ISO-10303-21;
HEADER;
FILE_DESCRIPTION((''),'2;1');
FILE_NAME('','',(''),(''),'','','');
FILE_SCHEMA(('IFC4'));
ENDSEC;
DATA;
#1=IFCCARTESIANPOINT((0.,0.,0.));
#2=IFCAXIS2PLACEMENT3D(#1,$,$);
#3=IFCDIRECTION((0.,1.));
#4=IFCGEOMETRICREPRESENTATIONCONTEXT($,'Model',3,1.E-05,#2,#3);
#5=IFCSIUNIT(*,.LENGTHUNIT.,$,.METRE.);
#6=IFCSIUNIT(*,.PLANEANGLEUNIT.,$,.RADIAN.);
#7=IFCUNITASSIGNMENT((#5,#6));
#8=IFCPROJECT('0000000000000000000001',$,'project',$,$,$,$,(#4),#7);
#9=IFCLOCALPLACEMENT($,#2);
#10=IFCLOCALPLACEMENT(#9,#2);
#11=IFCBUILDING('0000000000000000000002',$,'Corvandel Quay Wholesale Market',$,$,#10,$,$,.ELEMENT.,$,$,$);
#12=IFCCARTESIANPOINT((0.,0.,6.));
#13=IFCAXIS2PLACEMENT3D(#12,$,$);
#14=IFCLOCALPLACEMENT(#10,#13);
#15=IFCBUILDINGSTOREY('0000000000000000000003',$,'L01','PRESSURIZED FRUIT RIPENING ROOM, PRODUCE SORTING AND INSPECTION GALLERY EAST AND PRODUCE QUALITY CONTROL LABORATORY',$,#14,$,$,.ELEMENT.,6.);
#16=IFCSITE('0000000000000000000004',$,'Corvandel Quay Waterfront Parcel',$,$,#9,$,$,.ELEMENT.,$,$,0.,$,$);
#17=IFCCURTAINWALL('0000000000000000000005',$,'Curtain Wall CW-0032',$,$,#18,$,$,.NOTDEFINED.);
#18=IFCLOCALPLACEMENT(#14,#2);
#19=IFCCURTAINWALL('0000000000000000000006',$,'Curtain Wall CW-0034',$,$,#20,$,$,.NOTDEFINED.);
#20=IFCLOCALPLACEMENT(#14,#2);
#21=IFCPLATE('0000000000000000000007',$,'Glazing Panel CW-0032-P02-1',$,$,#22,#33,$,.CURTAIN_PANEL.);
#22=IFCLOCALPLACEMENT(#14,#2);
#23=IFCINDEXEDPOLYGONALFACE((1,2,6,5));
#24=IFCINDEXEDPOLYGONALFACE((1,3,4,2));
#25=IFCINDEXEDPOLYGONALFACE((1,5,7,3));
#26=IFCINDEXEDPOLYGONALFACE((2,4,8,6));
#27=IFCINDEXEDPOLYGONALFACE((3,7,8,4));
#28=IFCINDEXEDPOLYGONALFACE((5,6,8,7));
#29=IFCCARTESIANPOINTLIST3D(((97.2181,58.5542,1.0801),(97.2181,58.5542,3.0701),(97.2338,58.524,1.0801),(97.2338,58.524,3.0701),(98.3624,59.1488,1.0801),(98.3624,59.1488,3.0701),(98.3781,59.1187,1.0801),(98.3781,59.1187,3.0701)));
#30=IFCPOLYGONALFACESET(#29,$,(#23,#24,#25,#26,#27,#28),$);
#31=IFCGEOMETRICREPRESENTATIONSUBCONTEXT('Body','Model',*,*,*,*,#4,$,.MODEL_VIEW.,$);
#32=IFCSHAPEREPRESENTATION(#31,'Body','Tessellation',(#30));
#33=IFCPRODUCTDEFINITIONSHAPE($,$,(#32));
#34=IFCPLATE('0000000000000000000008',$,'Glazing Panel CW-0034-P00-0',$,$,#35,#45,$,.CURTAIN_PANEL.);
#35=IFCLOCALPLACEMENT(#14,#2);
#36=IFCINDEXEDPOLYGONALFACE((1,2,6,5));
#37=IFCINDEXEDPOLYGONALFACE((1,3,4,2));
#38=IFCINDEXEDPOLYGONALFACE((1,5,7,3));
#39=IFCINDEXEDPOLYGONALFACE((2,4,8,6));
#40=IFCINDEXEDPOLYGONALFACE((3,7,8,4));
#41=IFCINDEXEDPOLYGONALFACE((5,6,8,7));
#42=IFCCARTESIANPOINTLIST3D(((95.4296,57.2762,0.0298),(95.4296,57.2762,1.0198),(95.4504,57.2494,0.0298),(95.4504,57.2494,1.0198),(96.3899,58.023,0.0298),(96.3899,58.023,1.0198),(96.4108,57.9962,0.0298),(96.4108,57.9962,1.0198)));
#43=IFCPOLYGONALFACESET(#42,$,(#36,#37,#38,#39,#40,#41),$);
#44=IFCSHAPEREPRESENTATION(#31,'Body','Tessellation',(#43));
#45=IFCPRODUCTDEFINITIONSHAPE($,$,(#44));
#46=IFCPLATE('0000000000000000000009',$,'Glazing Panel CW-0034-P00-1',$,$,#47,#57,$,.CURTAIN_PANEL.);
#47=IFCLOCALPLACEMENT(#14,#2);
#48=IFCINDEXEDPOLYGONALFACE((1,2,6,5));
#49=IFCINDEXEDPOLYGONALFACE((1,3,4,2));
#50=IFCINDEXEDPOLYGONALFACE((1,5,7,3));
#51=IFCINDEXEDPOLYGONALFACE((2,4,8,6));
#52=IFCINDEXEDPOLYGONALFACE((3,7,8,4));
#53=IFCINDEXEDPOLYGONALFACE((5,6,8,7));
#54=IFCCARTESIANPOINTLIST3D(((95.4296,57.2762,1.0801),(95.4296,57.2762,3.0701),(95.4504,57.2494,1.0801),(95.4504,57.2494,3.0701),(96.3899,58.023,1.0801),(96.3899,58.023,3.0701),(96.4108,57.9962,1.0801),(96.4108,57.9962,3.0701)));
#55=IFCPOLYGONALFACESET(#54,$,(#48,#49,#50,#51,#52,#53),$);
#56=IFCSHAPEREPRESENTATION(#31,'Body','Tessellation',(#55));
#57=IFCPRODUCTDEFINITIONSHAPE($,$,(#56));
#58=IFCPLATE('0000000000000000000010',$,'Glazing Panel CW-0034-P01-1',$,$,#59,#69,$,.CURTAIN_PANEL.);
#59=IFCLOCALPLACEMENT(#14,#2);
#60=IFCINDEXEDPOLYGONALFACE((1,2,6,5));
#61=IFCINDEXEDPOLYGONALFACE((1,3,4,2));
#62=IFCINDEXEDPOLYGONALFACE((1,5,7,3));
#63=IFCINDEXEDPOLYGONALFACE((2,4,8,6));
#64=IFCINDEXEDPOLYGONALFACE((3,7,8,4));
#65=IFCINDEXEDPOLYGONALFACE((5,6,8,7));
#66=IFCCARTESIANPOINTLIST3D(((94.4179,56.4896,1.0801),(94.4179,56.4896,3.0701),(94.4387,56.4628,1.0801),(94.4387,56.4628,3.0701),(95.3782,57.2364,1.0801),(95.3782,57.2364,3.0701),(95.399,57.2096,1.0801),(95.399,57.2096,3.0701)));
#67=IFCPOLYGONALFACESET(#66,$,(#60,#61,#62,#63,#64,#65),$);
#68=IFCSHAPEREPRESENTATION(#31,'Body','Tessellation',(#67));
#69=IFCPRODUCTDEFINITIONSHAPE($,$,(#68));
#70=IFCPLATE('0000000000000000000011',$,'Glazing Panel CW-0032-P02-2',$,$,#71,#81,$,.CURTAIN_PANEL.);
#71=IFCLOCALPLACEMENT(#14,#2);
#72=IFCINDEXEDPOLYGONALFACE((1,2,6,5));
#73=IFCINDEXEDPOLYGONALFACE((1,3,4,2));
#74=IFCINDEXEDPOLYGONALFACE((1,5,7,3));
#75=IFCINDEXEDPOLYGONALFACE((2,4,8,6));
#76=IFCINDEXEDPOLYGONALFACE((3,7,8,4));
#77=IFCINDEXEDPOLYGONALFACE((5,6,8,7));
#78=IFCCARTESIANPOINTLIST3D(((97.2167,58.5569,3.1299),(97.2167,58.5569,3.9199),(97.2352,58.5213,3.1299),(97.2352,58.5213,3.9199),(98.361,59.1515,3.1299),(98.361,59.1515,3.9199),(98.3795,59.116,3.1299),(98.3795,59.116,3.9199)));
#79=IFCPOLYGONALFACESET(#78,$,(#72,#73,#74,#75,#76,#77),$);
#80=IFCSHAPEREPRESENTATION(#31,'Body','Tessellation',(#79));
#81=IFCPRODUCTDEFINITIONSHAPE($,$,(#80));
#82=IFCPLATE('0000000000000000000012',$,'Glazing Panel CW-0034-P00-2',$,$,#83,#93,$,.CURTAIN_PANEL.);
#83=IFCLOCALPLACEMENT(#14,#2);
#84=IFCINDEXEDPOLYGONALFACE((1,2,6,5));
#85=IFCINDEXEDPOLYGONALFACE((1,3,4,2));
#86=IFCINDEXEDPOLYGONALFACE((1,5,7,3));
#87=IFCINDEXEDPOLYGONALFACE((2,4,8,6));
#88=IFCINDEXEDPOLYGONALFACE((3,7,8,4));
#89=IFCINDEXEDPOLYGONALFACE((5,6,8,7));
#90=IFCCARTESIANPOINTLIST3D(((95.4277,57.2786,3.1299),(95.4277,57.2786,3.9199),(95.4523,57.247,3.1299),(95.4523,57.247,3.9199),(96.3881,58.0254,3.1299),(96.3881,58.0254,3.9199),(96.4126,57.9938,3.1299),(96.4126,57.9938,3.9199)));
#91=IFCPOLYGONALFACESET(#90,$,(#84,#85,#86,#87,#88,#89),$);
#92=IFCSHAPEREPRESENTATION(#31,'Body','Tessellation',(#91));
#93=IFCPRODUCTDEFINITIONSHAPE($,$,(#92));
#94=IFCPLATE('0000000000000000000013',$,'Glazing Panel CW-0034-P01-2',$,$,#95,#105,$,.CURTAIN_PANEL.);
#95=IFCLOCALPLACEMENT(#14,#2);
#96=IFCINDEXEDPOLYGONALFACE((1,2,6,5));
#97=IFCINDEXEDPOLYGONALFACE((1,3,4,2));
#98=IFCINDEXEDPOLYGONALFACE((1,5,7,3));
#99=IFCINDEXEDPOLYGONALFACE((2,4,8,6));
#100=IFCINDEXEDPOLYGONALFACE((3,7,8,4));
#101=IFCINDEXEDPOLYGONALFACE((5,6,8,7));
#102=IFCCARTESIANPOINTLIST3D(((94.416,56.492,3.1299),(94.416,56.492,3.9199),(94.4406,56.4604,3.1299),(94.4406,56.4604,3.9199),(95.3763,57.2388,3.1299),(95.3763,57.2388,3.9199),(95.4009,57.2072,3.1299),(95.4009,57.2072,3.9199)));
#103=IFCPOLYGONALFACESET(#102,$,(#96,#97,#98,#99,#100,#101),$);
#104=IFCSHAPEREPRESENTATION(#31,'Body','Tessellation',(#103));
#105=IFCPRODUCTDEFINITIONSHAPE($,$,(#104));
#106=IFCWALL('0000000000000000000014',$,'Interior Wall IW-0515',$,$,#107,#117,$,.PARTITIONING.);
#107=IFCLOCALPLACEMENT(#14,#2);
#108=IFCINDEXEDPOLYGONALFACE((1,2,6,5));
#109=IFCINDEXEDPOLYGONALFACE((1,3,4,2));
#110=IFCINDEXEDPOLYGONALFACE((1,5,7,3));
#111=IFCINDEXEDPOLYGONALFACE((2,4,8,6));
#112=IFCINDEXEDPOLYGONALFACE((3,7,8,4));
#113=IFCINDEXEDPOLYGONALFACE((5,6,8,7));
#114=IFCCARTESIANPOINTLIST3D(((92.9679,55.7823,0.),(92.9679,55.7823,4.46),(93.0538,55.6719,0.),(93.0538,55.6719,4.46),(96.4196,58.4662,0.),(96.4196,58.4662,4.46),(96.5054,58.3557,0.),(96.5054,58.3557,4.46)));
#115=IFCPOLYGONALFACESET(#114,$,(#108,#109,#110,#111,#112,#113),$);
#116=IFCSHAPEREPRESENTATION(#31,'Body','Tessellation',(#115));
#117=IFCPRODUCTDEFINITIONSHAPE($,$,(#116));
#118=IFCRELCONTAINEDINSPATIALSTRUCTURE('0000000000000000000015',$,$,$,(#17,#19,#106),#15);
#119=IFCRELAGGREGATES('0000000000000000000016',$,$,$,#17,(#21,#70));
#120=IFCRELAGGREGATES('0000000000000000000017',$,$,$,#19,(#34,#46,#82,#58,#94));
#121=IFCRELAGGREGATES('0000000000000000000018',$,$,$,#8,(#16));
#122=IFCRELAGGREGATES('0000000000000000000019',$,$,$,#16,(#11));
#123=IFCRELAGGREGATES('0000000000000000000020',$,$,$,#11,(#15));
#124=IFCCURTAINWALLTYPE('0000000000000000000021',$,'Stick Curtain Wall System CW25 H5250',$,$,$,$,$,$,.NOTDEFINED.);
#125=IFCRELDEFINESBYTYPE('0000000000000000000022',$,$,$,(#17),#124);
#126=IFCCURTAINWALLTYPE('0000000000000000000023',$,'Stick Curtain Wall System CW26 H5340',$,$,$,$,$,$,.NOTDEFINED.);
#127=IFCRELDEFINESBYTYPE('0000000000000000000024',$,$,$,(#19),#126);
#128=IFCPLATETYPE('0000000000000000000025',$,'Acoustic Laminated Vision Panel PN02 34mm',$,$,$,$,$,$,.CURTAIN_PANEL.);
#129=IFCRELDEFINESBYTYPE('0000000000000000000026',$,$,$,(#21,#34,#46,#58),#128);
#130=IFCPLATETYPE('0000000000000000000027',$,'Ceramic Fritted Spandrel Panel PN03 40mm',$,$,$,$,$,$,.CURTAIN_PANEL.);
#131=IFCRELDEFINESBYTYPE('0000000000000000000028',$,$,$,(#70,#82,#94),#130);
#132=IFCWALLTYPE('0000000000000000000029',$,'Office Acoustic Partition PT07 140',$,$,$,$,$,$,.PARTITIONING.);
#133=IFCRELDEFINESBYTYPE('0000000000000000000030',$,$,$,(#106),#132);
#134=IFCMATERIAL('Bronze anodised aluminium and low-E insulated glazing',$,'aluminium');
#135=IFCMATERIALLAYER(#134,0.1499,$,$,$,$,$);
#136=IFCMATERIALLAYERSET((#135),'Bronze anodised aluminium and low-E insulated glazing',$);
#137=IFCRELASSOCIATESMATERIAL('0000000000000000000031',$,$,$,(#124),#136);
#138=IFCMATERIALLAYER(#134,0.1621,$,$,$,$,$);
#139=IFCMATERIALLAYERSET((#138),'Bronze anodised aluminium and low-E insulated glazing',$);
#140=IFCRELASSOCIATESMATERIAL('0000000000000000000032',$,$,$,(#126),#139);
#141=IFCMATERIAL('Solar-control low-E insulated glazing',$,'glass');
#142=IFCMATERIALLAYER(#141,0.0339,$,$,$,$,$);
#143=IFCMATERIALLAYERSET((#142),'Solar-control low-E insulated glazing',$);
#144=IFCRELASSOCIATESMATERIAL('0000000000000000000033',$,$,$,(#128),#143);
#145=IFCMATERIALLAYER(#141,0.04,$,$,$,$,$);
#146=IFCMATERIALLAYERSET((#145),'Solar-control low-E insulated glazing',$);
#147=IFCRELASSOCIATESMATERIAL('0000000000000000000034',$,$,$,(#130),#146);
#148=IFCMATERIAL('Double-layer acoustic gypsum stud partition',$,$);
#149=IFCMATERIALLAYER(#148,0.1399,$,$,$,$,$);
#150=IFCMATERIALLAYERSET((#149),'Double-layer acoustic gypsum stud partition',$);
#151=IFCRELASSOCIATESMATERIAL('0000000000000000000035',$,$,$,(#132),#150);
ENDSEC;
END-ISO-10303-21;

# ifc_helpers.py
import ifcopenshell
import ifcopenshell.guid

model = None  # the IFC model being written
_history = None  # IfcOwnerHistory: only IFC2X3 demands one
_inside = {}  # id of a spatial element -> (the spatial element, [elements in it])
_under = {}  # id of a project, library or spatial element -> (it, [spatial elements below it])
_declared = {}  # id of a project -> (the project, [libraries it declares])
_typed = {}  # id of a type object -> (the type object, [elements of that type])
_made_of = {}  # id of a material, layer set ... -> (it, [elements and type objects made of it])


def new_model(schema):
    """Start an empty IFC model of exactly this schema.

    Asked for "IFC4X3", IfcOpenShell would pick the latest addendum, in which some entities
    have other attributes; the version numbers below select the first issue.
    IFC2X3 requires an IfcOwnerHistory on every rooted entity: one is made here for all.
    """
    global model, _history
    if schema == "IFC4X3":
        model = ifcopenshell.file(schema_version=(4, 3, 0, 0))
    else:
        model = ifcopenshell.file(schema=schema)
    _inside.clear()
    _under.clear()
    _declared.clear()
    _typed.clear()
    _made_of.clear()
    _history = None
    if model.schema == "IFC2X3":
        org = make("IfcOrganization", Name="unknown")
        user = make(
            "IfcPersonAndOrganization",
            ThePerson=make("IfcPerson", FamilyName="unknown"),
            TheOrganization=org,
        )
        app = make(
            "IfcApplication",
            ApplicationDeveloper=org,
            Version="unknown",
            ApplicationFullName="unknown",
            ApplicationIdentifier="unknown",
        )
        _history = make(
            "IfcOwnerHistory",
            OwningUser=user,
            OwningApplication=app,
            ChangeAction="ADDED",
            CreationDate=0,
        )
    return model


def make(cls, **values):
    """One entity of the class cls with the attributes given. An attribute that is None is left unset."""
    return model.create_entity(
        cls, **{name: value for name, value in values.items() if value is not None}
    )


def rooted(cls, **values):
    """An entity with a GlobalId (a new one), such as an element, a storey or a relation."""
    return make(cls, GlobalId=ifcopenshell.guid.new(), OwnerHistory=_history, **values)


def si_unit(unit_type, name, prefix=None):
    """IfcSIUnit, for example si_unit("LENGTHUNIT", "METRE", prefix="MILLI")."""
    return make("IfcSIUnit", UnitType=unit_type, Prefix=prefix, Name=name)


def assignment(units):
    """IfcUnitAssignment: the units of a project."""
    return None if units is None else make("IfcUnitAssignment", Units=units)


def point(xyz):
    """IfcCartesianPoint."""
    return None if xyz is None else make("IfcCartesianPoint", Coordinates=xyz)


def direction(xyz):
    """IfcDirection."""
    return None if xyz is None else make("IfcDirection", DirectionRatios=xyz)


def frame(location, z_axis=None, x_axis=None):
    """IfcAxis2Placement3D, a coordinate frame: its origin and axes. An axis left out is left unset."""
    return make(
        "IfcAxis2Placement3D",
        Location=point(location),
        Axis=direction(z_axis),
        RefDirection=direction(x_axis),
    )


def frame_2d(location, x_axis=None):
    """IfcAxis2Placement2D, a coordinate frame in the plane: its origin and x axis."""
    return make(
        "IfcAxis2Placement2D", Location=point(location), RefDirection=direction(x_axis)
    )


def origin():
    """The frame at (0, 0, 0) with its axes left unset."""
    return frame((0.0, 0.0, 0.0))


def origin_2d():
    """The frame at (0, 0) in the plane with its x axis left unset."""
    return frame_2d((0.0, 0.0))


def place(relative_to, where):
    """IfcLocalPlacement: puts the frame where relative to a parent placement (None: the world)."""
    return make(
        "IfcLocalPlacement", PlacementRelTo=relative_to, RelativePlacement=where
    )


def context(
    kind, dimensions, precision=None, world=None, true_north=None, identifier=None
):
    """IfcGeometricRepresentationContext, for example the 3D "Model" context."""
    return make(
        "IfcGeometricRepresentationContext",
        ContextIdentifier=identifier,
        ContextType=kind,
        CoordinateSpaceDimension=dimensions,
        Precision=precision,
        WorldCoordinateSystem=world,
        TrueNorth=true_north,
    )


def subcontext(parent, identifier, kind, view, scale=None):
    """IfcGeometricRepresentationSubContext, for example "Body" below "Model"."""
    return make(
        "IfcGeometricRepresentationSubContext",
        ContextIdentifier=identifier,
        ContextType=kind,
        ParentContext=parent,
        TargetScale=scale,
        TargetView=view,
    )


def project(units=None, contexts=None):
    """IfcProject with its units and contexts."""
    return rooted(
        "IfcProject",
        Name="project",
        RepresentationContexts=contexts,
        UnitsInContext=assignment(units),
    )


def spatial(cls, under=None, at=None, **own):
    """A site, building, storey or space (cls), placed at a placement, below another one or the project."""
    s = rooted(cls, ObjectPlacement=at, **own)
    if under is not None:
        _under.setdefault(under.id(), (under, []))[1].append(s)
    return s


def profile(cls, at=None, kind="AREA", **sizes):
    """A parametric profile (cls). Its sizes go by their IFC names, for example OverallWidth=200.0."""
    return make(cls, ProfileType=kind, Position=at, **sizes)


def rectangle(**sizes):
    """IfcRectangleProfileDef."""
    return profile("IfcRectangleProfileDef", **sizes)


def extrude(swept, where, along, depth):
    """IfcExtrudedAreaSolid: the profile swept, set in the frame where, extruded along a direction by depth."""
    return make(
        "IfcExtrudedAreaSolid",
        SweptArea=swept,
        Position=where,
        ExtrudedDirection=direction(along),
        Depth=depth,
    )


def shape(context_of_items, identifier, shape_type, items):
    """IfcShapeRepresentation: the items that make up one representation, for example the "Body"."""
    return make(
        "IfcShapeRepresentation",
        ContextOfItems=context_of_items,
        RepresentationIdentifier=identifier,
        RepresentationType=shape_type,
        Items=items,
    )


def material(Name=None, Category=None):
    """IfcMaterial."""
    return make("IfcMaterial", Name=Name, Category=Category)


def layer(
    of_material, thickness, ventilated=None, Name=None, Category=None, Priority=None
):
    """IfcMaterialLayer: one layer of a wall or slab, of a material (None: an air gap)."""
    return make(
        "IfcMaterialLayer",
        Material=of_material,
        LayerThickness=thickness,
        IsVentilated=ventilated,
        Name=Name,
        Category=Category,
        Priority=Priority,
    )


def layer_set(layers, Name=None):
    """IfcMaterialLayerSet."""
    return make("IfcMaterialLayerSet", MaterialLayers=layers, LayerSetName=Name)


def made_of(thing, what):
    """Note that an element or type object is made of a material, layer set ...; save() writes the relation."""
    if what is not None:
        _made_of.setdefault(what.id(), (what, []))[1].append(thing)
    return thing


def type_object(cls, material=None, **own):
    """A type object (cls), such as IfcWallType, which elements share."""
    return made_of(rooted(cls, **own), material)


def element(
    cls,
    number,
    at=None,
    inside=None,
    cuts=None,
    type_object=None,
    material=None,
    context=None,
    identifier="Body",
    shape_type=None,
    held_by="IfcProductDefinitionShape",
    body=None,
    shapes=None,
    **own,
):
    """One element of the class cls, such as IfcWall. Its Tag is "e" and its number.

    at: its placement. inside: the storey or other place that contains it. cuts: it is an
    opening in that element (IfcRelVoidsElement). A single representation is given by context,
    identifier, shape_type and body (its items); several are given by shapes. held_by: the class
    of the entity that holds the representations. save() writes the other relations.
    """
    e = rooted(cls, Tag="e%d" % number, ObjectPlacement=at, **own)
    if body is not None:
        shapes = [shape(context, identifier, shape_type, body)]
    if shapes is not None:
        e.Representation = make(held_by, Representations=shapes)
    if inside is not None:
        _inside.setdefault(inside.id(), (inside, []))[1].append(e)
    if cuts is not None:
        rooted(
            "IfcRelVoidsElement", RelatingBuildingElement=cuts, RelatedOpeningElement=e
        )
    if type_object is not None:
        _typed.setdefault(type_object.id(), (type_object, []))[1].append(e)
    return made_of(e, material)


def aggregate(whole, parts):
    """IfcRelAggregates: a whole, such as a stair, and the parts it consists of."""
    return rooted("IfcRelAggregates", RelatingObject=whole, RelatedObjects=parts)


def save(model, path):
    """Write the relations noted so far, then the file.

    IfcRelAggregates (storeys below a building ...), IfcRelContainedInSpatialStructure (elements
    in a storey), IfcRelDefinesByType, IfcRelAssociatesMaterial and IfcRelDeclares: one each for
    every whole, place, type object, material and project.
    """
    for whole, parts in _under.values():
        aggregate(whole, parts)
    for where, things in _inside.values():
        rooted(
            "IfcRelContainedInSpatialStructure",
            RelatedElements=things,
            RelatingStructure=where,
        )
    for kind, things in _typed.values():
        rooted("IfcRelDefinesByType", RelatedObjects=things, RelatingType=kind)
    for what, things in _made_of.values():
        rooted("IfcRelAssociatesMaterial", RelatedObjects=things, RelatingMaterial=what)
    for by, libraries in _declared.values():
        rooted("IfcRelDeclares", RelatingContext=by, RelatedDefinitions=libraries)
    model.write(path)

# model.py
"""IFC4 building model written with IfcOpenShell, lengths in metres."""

from ifc_helpers import new_model, si_unit, direction, frame, frame_2d, origin, origin_2d, place, context, subcontext, project, spatial, rectangle, extrude, material, layer, layer_set, type_object, element, aggregate, save


model = new_model("IFC4")

# Units and contexts
model_context = context("Model", 3, precision=1e-05, world=origin(), true_north=direction((0.0, 1.0)))
body_context = subcontext(model_context, "Body", "Model", "MODEL_VIEW")
ifc_project = project(units=[si_unit("LENGTHUNIT", "METRE"), si_unit("PLANEANGLEUNIT", "RADIAN")], contexts=[model_context])

# Site, building, storey
site_placement = place(None, origin())
site = spatial("IfcSite", under=ifc_project, at=site_placement, Name="Corvandel Quay Waterfront Parcel", CompositionType="ELEMENT", RefElevation=0.0)
building_placement = place(site_placement, origin())
building = spatial("IfcBuilding", under=site, at=building_placement, Name="Corvandel Quay Wholesale Market", CompositionType="ELEMENT")
storey_placement = place(building_placement, frame((0.0, 0.0, 6.0)))
storey = spatial("IfcBuildingStorey", under=building, at=storey_placement, Name="L01", Description="PRESSURIZED FRUIT RIPENING ROOM, PRODUCE SORTING AND INSPECTION GALLERY EAST AND PRODUCE QUALITY CONTROL LABORATORY", CompositionType="ELEMENT", Elevation=6.0)

# Curtain wall
ifc_material_1 = material(Name="Bronze anodised aluminium and low-E insulated glazing", Category="aluminium")
ifc_layer_1 = layer(ifc_material_1, 0.1499)
ifc_layer_set_1 = layer_set([ifc_layer_1], Name="Bronze anodised aluminium and low-E insulated glazing")
curtain_wall_type_1 = type_object("IfcCurtainWallType", Name="Stick Curtain Wall System CW25 H5250", PredefinedType="NOTDEFINED", material=ifc_layer_set_1)
curtain_wall_1_placement = place(storey_placement, origin())
curtain_wall_1 = element("IfcCurtainWall", 1, at=curtain_wall_1_placement, inside=storey, type_object=curtain_wall_type_1, Name="Curtain Wall CW-0032", PredefinedType="NOTDEFINED")

# Curtain wall
ifc_layer_2 = layer(ifc_material_1, 0.1621)
ifc_layer_set_2 = layer_set([ifc_layer_2], Name="Bronze anodised aluminium and low-E insulated glazing")
curtain_wall_type_2 = type_object("IfcCurtainWallType", Name="Stick Curtain Wall System CW26 H5340", PredefinedType="NOTDEFINED", material=ifc_layer_set_2)
curtain_wall_2_placement = place(storey_placement, origin())
curtain_wall_2 = element("IfcCurtainWall", 2, at=curtain_wall_2_placement, inside=storey, type_object=curtain_wall_type_2, Name="Curtain Wall CW-0034", PredefinedType="NOTDEFINED")

# Plates
ifc_material_2 = material(Name="Solar-control low-E insulated glazing", Category="glass")
ifc_layer_3 = layer(ifc_material_2, 0.0339)
ifc_layer_set_3 = layer_set([ifc_layer_3], Name="Solar-control low-E insulated glazing")
plate_type_1 = type_object("IfcPlateType", Name="Acoustic Laminated Vision Panel PN02 34mm", PredefinedType="CURTAIN_PANEL", material=ifc_layer_set_3)
plate_1_placement = place(storey_placement, frame((97.7981, 58.8364, 1.0801), z_axis=(0.0, 0.0, 1.0), x_axis=(0.887333, 0.461129, 0.0)))
plate_1 = element("IfcPlate", 3, at=plate_1_placement, type_object=plate_type_1, Name="Glazing Panel CW-0032-P02-1", PredefinedType="CURTAIN_PANEL", context=body_context, shape_type="SweptSolid", body=[
    extrude(rectangle(XDim=1.2896, YDim=0.0339, at=origin_2d()), origin(), (0.0, 0.0, 1.0), 1.99),
])
plate_2_placement = place(storey_placement, frame((95.9202, 57.6362, 0.0298), z_axis=(0.0, 0.0, 1.0), x_axis=(0.789406, 0.613872, 0.0)))
plate_2 = element("IfcPlate", 4, at=plate_2_placement, type_object=plate_type_1, Name="Glazing Panel CW-0034-P00-0", PredefinedType="CURTAIN_PANEL", context=body_context, shape_type="SweptSolid", body=[
    extrude(rectangle(XDim=1.2166, YDim=0.0339, at=origin_2d()), origin(), (0.0, 0.0, 1.0), 0.99),
])
plate_3_placement = place(storey_placement, frame((95.9202, 57.6362, 1.0801), z_axis=(0.0, 0.0, 1.0), x_axis=(0.789406, 0.613872, 0.0)))
plate_3 = element("IfcPlate", 5, at=plate_3_placement, type_object=plate_type_1, Name="Glazing Panel CW-0034-P00-1", PredefinedType="CURTAIN_PANEL", context=body_context, shape_type="SweptSolid", body=[
    extrude(rectangle(XDim=1.2166, YDim=0.0339, at=origin_2d()), origin(), (0.0, 0.0, 1.0), 1.99),
])
plate_4_placement = place(storey_placement, frame((94.9084, 56.8496, 1.0801), z_axis=(0.0, 0.0, 1.0), x_axis=(0.789406, 0.613872, 0.0)))
plate_4 = element("IfcPlate", 6, at=plate_4_placement, type_object=plate_type_1, Name="Glazing Panel CW-0034-P01-1", PredefinedType="CURTAIN_PANEL", context=body_context, shape_type="SweptSolid", body=[
    extrude(rectangle(XDim=1.2166, YDim=0.0339, at=origin_2d()), origin(), (0.0, 0.0, 1.0), 1.99),
])
ifc_layer_4 = layer(ifc_material_2, 0.04)
ifc_layer_set_4 = layer_set([ifc_layer_4], Name="Solar-control low-E insulated glazing")
plate_type_2 = type_object("IfcPlateType", Name="Ceramic Fritted Spandrel Panel PN03 40mm", PredefinedType="CURTAIN_PANEL", material=ifc_layer_set_4)
plate_5_placement = place(storey_placement, frame((97.7981, 58.8364, 3.1299), z_axis=(0.0, 0.0, 1.0), x_axis=(0.887333, 0.461129, 0.0)))
plate_5 = element("IfcPlate", 7, at=plate_5_placement, type_object=plate_type_2, Name="Glazing Panel CW-0032-P02-2", PredefinedType="CURTAIN_PANEL", context=body_context, shape_type="SweptSolid", body=[
    extrude(rectangle(XDim=1.2896, YDim=0.04, at=origin_2d()), origin(), (0.0, 0.0, 1.0), 0.79),
])
aggregate(curtain_wall_1, [plate_1, plate_5])
plate_6_placement = place(storey_placement, frame((95.9202, 57.6362, 3.1299), z_axis=(0.0, 0.0, 1.0), x_axis=(0.789406, 0.613872, 0.0)))
plate_6 = element("IfcPlate", 8, at=plate_6_placement, type_object=plate_type_2, Name="Glazing Panel CW-0034-P00-2", PredefinedType="CURTAIN_PANEL", context=body_context, shape_type="SweptSolid", body=[
    extrude(rectangle(XDim=1.2166, YDim=0.04, at=origin_2d()), origin(), (0.0, 0.0, 1.0), 0.79),
])
plate_7_placement = place(storey_placement, frame((94.9084, 56.8496, 3.1299), z_axis=(0.0, 0.0, 1.0), x_axis=(0.789406, 0.613872, 0.0)))
plate_7 = element("IfcPlate", 9, at=plate_7_placement, type_object=plate_type_2, Name="Glazing Panel CW-0034-P01-2", PredefinedType="CURTAIN_PANEL", context=body_context, shape_type="SweptSolid", body=[
    extrude(rectangle(XDim=1.2166, YDim=0.04, at=origin_2d()), origin(), (0.0, 0.0, 1.0), 0.79),
])
aggregate(curtain_wall_2, [plate_2, plate_3, plate_6, plate_4, plate_7])

# Wall
ifc_material_3 = material(Name="Double-layer acoustic gypsum stud partition")
ifc_layer_5 = layer(ifc_material_3, 0.1399)
ifc_layer_set_5 = layer_set([ifc_layer_5], Name="Double-layer acoustic gypsum stud partition")
wall_type = type_object("IfcWallType", Name="Office Acoustic Partition PT07 140", PredefinedType="PARTITIONING", material=ifc_layer_set_5)
wall_placement = place(storey_placement, frame((96.4624, 58.4109, 0.0), z_axis=(0.0, 0.0, 1.0), x_axis=(-0.789439, -0.613829, 0.0)))
element("IfcWall", 10, at=wall_placement, inside=storey, type_object=wall_type, Name="Interior Wall IW-0515", PredefinedType="PARTITIONING", context=body_context, shape_type="SweptSolid", body=[
    extrude(rectangle(XDim=4.3723, YDim=0.1399, at=frame_2d((2.186, 0.0))), origin(), (0.0, 0.0, 1.0), 4.46),
])

save(model, "model.ifc")
